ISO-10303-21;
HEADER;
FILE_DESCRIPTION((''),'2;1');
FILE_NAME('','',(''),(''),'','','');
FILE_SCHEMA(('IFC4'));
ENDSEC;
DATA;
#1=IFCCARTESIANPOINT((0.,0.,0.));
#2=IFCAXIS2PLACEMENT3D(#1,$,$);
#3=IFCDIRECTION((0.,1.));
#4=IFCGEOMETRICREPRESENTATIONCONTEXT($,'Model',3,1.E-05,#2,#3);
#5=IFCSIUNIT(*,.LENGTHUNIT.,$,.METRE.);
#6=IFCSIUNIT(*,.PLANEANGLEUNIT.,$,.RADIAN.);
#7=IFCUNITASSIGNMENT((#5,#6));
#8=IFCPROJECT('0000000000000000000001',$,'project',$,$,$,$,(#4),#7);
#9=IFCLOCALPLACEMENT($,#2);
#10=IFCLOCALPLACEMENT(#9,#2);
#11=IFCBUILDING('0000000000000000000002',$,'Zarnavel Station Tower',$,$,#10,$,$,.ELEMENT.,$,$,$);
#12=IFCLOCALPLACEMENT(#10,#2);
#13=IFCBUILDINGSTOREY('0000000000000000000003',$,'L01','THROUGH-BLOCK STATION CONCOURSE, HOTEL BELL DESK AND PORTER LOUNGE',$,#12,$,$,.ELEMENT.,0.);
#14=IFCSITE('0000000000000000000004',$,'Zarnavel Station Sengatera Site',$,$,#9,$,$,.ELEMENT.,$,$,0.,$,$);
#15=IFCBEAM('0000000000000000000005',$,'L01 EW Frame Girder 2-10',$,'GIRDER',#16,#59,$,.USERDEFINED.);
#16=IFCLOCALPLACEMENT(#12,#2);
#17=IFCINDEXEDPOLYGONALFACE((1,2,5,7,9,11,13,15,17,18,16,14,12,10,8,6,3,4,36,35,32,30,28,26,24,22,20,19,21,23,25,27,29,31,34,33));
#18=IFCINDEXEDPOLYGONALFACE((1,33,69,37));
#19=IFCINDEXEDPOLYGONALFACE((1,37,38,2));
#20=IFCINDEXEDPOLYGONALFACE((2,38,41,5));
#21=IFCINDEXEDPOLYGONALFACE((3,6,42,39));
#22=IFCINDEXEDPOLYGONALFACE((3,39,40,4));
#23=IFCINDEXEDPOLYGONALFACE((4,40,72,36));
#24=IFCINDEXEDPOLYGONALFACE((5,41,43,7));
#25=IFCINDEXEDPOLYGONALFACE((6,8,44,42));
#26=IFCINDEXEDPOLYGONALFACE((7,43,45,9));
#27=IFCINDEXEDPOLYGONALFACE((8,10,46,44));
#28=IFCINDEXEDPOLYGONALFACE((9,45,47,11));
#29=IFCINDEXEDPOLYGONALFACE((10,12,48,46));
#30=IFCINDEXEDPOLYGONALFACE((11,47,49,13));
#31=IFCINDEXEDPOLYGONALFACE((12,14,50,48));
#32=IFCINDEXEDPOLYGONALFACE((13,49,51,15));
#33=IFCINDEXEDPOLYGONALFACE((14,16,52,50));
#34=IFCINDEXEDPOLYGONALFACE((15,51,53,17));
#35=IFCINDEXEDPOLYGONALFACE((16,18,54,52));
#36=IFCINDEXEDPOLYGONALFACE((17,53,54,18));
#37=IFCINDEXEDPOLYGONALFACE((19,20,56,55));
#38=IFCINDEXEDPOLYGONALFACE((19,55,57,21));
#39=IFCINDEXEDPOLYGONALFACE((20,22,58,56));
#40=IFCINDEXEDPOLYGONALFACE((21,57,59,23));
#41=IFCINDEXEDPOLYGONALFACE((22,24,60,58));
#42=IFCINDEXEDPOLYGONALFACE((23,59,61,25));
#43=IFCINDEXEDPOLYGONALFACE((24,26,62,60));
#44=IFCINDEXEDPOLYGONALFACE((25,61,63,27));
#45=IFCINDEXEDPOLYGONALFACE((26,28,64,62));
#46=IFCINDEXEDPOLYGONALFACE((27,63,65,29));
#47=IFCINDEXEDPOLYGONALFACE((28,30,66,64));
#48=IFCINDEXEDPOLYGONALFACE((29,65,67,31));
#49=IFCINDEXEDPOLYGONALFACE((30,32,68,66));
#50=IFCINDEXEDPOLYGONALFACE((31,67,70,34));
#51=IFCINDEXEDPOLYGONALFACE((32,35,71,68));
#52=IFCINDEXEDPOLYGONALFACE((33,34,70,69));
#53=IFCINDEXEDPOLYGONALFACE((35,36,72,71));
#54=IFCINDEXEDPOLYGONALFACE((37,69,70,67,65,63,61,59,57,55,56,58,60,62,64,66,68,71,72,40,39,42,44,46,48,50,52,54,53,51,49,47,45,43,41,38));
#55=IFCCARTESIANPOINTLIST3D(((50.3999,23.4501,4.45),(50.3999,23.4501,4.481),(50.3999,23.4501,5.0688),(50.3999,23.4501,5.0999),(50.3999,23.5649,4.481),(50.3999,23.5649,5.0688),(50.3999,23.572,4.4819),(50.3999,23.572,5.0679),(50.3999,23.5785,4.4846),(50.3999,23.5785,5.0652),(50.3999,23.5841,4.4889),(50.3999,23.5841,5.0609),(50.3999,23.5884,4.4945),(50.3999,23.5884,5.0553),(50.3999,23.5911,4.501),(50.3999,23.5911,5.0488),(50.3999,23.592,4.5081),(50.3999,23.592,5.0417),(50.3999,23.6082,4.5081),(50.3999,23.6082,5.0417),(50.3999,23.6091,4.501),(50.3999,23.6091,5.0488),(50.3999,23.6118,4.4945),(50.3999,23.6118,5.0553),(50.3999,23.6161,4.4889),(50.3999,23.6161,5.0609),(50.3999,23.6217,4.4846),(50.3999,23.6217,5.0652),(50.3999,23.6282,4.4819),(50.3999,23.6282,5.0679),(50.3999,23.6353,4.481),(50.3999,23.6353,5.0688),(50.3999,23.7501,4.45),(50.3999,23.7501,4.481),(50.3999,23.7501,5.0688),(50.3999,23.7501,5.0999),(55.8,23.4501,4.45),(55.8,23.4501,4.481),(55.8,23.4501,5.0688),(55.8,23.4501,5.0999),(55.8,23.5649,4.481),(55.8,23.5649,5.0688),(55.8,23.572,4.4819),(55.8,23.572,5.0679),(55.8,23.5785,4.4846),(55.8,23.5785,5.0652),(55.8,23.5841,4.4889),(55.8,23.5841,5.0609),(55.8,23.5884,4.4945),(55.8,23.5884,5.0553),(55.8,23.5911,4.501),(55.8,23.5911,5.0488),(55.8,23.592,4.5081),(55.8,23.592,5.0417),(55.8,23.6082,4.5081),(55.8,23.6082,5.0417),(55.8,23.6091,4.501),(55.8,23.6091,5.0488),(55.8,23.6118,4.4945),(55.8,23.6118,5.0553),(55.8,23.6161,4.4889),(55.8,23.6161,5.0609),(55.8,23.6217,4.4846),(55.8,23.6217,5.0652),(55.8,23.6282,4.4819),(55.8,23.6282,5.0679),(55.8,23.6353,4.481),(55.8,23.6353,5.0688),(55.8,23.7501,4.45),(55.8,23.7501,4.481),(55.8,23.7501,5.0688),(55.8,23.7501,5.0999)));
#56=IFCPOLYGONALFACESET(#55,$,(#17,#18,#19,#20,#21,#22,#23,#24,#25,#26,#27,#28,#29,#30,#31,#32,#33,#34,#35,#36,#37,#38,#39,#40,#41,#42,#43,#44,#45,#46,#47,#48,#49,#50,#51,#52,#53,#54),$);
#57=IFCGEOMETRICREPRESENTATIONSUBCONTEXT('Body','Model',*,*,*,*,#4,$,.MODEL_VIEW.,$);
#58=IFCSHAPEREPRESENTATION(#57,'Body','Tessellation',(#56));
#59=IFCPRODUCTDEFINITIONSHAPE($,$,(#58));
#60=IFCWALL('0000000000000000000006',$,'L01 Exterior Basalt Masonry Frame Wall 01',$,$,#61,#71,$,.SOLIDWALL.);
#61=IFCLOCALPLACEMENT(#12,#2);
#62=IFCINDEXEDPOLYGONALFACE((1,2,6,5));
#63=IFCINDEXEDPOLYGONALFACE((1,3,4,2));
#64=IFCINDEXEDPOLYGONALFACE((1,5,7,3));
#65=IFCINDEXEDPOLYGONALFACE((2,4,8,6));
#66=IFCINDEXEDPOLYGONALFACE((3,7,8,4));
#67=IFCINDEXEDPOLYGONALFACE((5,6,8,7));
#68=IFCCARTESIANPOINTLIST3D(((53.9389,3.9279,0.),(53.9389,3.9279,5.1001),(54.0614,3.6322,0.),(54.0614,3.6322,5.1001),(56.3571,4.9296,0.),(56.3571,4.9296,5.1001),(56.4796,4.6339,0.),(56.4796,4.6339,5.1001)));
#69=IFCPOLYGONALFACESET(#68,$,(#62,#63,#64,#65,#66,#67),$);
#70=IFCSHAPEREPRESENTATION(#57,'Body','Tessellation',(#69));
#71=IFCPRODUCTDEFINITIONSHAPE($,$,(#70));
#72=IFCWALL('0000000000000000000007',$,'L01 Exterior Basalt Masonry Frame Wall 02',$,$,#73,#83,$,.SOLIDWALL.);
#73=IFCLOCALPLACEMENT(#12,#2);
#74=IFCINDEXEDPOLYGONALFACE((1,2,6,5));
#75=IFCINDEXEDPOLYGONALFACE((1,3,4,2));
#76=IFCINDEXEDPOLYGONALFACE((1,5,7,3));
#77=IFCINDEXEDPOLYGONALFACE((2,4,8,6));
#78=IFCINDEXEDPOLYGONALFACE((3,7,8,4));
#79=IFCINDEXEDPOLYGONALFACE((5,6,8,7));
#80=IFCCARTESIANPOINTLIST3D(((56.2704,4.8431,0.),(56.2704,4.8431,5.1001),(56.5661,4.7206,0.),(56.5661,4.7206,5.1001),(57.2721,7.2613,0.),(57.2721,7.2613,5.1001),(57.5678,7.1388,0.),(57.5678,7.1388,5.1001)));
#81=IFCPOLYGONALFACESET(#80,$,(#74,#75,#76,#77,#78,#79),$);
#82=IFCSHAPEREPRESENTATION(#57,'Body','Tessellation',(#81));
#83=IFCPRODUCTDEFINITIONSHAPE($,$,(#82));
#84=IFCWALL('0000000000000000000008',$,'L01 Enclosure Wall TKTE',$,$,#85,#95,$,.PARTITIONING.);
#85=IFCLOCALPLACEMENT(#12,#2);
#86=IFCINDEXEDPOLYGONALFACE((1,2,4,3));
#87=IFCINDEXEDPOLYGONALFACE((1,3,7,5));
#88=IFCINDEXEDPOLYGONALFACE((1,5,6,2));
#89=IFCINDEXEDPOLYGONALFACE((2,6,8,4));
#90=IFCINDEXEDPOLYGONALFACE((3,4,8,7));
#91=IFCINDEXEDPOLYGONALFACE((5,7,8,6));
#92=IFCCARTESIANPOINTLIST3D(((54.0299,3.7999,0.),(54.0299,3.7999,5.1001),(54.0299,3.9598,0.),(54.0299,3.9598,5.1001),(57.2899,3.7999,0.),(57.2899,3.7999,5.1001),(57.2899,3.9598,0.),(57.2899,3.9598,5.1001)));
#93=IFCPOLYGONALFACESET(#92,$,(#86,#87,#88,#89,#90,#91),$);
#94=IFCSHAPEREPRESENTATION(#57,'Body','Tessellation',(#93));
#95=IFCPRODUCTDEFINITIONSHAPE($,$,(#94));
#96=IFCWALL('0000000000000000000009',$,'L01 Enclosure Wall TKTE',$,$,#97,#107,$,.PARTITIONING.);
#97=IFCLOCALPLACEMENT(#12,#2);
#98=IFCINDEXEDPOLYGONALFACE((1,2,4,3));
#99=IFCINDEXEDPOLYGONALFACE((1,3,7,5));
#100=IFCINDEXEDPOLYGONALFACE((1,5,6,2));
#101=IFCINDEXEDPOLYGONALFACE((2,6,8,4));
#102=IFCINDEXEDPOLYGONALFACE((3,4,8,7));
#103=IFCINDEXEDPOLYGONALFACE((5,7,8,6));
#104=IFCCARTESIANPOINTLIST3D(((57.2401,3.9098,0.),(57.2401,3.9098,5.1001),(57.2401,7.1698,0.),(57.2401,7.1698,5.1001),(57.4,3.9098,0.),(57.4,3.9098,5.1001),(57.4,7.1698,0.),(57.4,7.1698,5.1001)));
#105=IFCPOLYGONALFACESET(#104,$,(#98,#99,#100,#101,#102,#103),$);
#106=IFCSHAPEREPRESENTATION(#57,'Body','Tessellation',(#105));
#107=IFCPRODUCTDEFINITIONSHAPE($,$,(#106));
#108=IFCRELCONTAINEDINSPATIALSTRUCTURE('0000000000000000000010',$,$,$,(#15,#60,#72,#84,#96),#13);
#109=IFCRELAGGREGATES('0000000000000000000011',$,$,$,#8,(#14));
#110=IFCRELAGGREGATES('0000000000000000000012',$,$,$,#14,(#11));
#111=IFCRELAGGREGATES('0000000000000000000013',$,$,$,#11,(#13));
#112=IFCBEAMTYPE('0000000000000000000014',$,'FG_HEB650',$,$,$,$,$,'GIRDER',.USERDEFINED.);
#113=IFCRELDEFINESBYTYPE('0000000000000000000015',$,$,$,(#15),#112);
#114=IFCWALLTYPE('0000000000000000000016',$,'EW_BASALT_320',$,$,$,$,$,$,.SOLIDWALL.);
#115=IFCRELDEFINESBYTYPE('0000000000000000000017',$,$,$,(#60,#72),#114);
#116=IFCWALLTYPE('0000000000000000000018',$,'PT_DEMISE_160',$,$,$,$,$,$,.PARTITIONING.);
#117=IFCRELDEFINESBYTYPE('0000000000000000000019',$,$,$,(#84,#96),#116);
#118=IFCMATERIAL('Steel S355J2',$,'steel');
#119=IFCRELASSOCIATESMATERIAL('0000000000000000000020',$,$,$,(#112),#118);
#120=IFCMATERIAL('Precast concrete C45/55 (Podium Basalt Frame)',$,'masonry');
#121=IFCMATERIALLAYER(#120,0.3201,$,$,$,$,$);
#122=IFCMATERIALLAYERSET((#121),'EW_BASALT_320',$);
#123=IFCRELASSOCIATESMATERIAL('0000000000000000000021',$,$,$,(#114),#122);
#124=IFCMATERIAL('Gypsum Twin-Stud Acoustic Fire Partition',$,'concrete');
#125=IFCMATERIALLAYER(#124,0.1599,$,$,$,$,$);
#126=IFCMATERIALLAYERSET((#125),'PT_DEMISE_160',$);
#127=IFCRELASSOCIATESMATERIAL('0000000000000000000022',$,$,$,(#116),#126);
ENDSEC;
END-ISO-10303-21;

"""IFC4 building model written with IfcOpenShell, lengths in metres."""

from ifc_helpers import new_model, si_unit, direction, frame, frame_2d, origin, origin_2d, place, context, subcontext, project, spatial, rectangle, i_section, extrude, material, layer, layer_set, material_profile, profile_set, type_object, element, save


model = new_model("IFC4")

# Units and contexts
model_context = context("Model", 3, precision=1e-05, world=origin(), true_north=direction((0.0, 1.0)))
body_context = subcontext(model_context, "Body", "Model", "MODEL_VIEW")
ifc_project = project(units=[si_unit("LENGTHUNIT", "METRE"), si_unit("PLANEANGLEUNIT", "RADIAN")], contexts=[model_context])

# Site, building, storey
site_placement = place(None, origin())
site = spatial("IfcSite", under=ifc_project, at=site_placement, Name="Zarnavel Station Sengatera Site", CompositionType="ELEMENT", RefElevation=0.0)
building_placement = place(site_placement, origin())
building = spatial("IfcBuilding", under=site, at=building_placement, Name="Zarnavel Station Tower", CompositionType="ELEMENT")
storey_placement = place(building_placement, origin())
storey = spatial("IfcBuildingStorey", under=building, at=storey_placement, Name="L01", Description="THROUGH-BLOCK STATION CONCOURSE, HOTEL BELL DESK AND PORTER LOUNGE", CompositionType="ELEMENT", Elevation=0.0)

# Beam
ifc_material_1 = material(Name="Steel S355J2", Category="steel")
ifc_material_profile_1 = material_profile(ifc_material_1, i_section(OverallWidth=0.3, OverallDepth=0.6499, WebThickness=0.0161, FlangeThickness=0.031, FilletRadius=0.0271, at=origin_2d()), Name="HEB650")
ifc_profile_set_1 = profile_set([ifc_material_profile_1], Name="Steel S355J2")
beam_type_1 = type_object("IfcBeamType", Name="FG_HEB650", ElementType="GIRDER", PredefinedType="USERDEFINED", material=ifc_profile_set_1)
beam_1_placement = place(storey_placement, frame((50.3999, 23.6001, 4.7749), z_axis=(1.0, 0.0, 0.0), x_axis=(0.0, 1.0, 0.0)))
element("IfcBeam", 1, at=beam_1_placement, inside=storey, type_object=beam_type_1, Name="L01 EW Frame Girder 2-10", ObjectType="GIRDER", PredefinedType="USERDEFINED", context=body_context, shape_type="SweptSolid", body=[
    extrude(i_section(OverallWidth=0.3, OverallDepth=0.6499, WebThickness=0.0161, FlangeThickness=0.031, FilletRadius=0.0271, at=origin_2d()), origin(), (0.0, 0.0, 1.0), 5.4001),
])

# Walls
ifc_material_2 = material(Name="Precast concrete C45/55 (Podium Basalt Frame)", Category="masonry")
ifc_layer_1 = layer(ifc_material_2, 0.3201)
ifc_layer_set_1 = layer_set([ifc_layer_1], Name="EW_BASALT_320")
wall_type_1 = type_object("IfcWallType", Name="EW_BASALT_320", PredefinedType="SOLIDWALL", material=ifc_layer_set_1)
for number, where, z_axis, x_axis, name in (
    (2, (56.4182, 4.7817, 0.0), (0.0, 0.0, 1.0), (-0.923872, -0.382701, 0.0), "L01 Exterior Basalt Masonry Frame Wall 01"),
    (3, (57.4199, 7.2, 0.0), (0.0, 0.0, 1.0), (-0.382701, -0.923872, 0.0), "L01 Exterior Basalt Masonry Frame Wall 02"),
):
    element("IfcWall", number, at=place(storey_placement, frame(where, z_axis=z_axis, x_axis=x_axis)), inside=storey, type_object=wall_type_1, Name=name, PredefinedType="SOLIDWALL", context=body_context, shape_type="SweptSolid", body=[
        extrude(rectangle(XDim=2.6174, YDim=0.3201, at=frame_2d((1.3086, 0.0))), origin(), (0.0, 0.0, 1.0), 5.1001),
    ])

# Walls
ifc_material_3 = material(Name="Gypsum Twin-Stud Acoustic Fire Partition", Category="concrete")
ifc_layer_2 = layer(ifc_material_3, 0.1599)
ifc_layer_set_2 = layer_set([ifc_layer_2], Name="PT_DEMISE_160")
wall_type_2 = type_object("IfcWallType", Name="PT_DEMISE_160", PredefinedType="PARTITIONING", material=ifc_layer_set_2)
for number, where, z_axis, x_axis, name in (
    (4, (54.03, 3.8799, 0.0), (0.0, 0.0, 1.0), (1.0, 0.0, 0.0), "L01 Enclosure Wall TKTE"),
    (5, (57.3201, 3.9099, 0.0), (0.0, 0.0, 1.0), (0.0, 1.0, 0.0), "L01 Enclosure Wall TKTE"),
):
    element("IfcWall", number, at=place(storey_placement, frame(where, z_axis=z_axis, x_axis=x_axis)), inside=storey, type_object=wall_type_2, Name=name, PredefinedType="PARTITIONING", context=body_context, shape_type="SweptSolid", body=[
        extrude(rectangle(XDim=3.26, YDim=0.1599, at=frame_2d((1.6299, 0.0))), origin(), (0.0, 0.0, 1.0), 5.1001),
    ])

save(model, "model.ifc")
